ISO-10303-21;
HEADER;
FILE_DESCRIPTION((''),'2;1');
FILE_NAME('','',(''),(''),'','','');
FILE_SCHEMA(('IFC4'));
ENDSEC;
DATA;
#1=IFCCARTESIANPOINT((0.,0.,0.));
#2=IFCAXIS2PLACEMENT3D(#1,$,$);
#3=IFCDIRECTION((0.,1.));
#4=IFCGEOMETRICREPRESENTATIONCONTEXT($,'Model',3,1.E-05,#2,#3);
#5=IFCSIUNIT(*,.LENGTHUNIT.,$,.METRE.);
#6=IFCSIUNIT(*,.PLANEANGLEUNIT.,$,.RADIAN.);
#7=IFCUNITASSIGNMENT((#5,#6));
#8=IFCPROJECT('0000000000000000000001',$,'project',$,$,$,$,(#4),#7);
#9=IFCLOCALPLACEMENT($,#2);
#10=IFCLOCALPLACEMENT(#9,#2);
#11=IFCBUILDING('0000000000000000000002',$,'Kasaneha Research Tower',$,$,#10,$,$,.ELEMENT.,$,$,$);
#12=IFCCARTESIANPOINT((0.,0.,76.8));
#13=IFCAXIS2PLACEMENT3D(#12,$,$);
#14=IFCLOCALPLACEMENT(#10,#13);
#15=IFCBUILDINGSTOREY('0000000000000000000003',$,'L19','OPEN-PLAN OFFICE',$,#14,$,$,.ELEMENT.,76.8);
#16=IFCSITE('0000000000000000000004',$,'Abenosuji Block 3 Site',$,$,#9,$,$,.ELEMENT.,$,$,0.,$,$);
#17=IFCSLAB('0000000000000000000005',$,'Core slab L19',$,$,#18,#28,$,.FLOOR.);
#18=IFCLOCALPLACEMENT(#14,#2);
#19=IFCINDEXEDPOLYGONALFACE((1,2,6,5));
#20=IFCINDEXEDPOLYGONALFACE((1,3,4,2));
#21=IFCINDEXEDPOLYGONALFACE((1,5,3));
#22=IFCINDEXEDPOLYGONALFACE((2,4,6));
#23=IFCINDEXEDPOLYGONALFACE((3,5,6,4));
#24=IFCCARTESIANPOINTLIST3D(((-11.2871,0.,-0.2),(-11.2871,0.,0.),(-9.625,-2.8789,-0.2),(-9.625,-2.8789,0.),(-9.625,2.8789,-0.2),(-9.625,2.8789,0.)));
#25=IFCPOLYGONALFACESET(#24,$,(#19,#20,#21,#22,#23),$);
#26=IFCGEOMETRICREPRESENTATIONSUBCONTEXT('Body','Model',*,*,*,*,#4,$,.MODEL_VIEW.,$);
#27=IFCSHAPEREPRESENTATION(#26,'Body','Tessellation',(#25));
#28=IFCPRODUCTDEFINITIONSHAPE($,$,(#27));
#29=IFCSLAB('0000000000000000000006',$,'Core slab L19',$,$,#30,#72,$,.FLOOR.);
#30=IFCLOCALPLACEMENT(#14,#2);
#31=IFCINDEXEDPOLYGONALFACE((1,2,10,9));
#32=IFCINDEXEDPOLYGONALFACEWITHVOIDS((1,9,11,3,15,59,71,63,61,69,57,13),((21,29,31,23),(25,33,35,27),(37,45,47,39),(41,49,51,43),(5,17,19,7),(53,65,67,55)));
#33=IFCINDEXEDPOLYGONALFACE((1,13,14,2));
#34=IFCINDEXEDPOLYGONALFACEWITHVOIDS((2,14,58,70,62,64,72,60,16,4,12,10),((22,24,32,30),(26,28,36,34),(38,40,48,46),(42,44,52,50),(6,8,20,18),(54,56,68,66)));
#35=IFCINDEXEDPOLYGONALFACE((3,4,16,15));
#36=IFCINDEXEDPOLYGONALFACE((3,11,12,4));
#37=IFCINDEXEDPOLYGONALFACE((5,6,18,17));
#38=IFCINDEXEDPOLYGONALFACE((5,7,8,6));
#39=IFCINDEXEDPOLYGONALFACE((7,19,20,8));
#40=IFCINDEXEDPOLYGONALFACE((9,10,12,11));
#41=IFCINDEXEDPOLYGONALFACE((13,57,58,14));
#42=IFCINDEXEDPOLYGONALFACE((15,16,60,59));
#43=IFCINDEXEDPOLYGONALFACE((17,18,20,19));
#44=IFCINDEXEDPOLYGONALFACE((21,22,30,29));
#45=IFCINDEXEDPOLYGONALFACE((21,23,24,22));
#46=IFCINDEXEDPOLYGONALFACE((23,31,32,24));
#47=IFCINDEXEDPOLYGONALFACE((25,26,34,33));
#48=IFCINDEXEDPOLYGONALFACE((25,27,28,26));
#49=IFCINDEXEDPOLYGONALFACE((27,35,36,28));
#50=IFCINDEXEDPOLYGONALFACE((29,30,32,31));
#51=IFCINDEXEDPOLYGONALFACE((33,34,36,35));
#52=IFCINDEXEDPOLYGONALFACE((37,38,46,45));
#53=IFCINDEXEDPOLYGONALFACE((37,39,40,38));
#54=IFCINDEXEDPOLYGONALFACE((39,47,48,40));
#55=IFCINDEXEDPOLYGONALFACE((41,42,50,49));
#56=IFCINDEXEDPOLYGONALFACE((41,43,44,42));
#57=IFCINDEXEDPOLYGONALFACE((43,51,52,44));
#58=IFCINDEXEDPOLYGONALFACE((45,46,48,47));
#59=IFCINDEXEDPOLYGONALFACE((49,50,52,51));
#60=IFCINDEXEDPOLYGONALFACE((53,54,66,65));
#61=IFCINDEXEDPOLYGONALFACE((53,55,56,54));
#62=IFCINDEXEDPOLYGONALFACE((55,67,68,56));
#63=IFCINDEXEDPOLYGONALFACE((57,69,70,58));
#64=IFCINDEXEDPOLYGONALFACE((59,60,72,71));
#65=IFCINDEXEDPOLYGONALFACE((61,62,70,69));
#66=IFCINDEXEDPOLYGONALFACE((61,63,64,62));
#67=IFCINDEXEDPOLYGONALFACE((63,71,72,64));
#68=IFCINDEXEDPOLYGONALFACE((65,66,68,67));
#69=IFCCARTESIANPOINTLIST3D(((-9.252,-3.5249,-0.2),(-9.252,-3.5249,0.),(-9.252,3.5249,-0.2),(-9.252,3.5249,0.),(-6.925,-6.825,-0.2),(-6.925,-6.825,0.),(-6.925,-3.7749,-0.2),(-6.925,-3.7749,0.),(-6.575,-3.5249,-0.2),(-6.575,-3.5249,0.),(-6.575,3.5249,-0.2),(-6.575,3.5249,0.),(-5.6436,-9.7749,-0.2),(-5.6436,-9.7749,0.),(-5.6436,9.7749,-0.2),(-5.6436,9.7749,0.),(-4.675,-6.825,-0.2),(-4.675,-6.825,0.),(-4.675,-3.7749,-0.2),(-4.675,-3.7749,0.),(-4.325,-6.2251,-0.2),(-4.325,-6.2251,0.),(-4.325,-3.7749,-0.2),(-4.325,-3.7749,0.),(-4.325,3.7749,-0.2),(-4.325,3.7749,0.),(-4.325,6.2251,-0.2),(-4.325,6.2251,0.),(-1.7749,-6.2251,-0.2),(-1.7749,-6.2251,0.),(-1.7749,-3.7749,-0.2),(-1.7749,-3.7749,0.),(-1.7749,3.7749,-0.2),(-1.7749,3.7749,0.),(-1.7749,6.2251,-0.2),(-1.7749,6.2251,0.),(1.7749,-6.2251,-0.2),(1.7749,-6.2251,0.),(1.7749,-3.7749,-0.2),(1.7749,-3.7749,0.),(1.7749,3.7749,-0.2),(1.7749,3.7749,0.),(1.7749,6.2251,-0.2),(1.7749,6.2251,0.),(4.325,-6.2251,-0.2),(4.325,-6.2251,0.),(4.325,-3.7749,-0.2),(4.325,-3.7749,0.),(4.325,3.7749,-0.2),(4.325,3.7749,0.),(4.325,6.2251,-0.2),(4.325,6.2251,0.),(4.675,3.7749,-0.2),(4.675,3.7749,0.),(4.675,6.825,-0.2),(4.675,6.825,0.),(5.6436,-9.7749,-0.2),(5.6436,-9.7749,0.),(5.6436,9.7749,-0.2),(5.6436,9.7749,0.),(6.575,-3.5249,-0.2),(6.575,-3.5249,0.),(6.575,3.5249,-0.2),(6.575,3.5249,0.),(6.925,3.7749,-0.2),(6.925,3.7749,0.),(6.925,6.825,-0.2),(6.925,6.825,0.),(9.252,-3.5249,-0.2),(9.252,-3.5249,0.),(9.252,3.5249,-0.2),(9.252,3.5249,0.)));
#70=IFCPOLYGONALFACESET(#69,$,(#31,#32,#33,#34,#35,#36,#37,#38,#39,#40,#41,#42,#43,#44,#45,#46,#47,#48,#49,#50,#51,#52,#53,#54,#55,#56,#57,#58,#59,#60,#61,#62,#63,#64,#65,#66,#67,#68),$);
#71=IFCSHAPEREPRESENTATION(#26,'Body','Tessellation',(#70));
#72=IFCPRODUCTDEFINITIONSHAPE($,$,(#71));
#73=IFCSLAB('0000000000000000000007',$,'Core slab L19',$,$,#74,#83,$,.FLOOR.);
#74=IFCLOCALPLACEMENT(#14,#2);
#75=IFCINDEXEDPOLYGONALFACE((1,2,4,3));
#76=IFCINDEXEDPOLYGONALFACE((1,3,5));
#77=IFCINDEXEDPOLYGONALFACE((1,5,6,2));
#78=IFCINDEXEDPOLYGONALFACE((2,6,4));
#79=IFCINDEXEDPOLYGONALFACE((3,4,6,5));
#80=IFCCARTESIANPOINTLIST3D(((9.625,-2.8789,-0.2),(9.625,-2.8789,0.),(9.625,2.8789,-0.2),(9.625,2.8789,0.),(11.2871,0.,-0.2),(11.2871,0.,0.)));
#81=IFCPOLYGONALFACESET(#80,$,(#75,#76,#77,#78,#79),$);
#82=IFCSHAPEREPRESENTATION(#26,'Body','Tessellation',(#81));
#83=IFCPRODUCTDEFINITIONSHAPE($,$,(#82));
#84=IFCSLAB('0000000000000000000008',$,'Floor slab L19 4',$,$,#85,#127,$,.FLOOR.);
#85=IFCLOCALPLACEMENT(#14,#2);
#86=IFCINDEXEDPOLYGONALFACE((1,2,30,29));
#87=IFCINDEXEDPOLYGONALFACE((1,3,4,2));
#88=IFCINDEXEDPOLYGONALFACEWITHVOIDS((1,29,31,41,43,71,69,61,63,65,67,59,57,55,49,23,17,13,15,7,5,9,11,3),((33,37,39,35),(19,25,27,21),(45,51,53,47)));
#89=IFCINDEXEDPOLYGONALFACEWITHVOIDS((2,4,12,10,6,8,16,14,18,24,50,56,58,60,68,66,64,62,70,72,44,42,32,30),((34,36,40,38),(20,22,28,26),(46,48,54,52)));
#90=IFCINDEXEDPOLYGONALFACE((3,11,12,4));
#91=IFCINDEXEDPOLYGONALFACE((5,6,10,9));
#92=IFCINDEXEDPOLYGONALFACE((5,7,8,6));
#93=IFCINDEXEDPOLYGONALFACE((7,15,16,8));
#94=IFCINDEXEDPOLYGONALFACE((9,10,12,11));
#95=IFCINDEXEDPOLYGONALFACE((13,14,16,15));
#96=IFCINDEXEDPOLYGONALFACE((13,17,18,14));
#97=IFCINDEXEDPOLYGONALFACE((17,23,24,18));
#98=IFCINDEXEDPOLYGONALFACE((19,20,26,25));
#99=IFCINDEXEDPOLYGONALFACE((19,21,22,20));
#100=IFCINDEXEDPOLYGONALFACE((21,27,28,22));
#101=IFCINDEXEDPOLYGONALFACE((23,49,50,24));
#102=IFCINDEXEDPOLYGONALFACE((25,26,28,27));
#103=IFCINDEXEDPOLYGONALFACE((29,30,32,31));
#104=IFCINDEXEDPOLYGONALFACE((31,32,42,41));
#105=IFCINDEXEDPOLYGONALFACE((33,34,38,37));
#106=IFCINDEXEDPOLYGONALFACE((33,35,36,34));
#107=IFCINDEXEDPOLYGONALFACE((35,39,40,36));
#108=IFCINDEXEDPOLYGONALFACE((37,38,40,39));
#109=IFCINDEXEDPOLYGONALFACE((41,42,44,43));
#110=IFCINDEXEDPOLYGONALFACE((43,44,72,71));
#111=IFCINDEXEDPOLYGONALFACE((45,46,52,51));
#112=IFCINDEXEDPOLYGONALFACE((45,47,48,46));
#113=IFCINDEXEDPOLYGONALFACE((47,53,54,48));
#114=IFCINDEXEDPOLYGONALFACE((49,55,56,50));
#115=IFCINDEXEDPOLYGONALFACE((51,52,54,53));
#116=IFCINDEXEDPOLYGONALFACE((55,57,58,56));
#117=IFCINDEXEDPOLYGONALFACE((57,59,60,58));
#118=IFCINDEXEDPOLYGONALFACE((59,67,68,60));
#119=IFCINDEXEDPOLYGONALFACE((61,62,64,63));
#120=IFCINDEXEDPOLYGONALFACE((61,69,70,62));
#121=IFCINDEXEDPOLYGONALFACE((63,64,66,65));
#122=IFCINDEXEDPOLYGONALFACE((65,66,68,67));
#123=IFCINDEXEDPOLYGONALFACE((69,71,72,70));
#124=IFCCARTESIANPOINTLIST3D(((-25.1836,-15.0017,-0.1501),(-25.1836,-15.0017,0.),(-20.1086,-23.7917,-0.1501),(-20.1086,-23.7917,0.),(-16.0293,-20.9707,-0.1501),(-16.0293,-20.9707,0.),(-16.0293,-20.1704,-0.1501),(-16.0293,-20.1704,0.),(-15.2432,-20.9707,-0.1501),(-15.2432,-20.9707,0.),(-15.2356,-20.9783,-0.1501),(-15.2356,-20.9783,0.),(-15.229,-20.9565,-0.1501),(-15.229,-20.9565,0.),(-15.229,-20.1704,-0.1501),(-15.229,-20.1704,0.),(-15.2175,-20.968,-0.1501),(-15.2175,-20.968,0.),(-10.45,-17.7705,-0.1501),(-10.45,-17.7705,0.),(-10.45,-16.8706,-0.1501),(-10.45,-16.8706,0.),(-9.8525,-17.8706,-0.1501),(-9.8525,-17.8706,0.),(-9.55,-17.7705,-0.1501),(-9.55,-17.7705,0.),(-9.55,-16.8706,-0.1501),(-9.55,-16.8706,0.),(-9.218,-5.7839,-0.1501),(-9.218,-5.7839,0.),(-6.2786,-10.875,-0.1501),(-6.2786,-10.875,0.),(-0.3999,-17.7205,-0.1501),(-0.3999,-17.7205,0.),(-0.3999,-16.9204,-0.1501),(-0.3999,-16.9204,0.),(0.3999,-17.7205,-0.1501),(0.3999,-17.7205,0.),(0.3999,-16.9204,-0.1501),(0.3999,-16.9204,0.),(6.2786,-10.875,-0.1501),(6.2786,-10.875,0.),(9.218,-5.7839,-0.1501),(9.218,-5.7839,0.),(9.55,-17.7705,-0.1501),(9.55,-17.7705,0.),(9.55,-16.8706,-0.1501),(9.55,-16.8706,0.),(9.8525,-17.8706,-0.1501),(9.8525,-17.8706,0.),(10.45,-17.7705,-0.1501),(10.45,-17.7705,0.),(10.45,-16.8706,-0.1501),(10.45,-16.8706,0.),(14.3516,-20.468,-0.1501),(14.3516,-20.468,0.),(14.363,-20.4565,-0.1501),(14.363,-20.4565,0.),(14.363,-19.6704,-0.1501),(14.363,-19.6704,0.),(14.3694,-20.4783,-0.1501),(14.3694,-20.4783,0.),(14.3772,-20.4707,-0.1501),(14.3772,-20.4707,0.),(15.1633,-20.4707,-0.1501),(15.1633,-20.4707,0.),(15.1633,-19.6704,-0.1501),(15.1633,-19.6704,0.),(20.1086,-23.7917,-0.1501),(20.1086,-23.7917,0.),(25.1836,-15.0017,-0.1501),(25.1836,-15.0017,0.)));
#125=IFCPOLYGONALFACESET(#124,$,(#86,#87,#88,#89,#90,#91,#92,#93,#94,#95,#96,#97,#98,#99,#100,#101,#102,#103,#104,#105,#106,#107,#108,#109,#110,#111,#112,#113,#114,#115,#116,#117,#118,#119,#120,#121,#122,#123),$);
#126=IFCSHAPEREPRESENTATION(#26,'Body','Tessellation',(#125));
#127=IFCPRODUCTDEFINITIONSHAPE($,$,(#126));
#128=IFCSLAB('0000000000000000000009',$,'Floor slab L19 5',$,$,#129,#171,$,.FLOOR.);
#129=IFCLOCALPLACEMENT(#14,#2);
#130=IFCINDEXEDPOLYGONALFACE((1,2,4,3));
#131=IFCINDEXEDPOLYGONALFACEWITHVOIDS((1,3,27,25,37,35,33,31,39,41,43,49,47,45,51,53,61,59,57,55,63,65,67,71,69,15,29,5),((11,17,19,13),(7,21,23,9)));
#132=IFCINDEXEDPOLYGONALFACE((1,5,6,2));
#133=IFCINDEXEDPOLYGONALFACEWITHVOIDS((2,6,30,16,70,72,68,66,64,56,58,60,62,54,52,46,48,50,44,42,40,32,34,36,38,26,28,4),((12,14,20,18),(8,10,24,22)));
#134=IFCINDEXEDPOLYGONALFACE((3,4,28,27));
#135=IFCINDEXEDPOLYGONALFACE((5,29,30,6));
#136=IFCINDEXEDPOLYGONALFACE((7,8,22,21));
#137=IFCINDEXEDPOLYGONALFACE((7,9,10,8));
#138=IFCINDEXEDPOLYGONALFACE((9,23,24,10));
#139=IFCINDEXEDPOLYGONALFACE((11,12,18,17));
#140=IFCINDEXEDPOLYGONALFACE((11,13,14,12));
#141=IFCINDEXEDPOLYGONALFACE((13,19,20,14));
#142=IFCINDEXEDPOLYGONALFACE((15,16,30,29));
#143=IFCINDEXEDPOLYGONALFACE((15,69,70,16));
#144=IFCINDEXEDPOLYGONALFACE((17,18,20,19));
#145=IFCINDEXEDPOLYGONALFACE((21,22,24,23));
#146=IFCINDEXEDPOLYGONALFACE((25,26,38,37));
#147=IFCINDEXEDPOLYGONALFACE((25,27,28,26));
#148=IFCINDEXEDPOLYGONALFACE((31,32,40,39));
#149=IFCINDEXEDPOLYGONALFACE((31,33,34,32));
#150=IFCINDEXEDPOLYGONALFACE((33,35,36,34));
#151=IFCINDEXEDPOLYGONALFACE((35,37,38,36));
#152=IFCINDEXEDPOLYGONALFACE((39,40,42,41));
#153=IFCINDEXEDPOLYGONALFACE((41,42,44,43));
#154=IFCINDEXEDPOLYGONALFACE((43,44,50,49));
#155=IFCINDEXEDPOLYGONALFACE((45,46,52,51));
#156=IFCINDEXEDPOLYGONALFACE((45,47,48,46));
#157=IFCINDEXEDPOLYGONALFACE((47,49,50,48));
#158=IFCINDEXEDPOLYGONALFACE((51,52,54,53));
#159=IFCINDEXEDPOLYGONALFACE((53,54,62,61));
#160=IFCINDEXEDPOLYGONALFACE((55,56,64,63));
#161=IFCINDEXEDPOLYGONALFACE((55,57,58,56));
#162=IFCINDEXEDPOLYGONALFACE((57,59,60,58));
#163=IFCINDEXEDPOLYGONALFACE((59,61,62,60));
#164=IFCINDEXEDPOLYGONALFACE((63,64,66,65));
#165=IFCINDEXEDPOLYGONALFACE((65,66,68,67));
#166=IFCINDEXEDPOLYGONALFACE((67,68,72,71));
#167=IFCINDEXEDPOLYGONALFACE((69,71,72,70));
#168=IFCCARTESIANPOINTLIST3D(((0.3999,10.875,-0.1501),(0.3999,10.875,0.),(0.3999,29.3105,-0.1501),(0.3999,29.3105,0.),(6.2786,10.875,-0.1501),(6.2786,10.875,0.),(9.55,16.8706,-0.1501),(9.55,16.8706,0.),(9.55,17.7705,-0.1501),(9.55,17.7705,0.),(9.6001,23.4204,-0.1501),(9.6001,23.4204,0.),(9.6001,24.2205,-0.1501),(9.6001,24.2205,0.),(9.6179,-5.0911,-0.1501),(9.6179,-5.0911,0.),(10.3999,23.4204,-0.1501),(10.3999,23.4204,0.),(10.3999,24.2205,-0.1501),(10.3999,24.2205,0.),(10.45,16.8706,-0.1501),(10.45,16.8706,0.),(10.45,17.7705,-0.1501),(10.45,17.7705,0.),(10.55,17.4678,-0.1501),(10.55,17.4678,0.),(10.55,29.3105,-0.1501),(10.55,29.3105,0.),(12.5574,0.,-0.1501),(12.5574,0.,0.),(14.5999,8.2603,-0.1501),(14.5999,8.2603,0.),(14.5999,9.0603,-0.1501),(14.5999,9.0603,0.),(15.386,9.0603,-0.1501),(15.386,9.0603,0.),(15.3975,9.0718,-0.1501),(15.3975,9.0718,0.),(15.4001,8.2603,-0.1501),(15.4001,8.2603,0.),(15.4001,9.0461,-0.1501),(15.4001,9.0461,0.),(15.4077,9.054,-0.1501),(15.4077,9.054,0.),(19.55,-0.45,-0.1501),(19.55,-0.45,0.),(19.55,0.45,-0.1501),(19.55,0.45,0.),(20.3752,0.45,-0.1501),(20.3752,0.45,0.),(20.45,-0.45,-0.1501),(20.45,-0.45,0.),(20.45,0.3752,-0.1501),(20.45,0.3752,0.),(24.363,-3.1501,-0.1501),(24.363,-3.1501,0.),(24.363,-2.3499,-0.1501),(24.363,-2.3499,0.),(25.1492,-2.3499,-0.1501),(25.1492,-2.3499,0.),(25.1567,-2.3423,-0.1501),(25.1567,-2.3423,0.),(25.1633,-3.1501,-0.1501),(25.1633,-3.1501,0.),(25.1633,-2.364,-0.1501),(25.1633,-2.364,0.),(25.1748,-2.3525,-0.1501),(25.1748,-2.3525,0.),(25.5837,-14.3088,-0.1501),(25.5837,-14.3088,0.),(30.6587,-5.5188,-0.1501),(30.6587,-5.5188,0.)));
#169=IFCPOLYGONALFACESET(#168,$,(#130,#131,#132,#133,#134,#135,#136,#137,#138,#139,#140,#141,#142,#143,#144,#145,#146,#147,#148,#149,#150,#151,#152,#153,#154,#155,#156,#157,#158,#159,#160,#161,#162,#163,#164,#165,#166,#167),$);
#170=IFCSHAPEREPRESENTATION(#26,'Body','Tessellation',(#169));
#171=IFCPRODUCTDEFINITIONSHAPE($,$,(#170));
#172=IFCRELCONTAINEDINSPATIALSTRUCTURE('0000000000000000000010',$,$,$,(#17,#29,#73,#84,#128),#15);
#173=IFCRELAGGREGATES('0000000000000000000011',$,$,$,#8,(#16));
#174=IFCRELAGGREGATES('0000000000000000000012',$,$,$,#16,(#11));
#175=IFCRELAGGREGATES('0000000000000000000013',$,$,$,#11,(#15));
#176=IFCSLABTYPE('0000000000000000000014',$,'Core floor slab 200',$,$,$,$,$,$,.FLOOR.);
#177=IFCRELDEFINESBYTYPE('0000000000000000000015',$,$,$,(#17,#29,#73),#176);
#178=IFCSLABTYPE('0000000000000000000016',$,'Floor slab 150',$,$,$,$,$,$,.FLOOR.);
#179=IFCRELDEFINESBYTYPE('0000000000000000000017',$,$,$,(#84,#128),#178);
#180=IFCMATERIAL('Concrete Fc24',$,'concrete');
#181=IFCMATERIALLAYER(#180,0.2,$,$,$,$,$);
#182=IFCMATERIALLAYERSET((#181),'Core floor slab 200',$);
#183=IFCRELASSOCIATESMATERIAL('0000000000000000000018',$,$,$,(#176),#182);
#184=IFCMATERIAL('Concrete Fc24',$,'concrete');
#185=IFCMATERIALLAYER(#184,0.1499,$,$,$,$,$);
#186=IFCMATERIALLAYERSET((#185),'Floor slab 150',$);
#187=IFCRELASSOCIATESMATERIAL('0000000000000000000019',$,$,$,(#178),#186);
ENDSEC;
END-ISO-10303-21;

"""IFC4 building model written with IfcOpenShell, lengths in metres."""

from ifc_helpers import new_model, si_unit, direction, frame, origin, place, context, subcontext, project, spatial, polyline, outline, extrude, material, layer, layer_set, type_object, element, save


model = new_model("IFC4")

# Units and contexts
model_context = context("Model", 3, precision=1e-05, world=origin(), true_north=direction((0.0, 1.0)))
body_context = subcontext(model_context, "Body", "Model", "MODEL_VIEW")
ifc_project = project(units=[si_unit("LENGTHUNIT", "METRE"), si_unit("PLANEANGLEUNIT", "RADIAN")], contexts=[model_context])

# Site, building, storey
site_placement = place(None, origin())
site = spatial("IfcSite", under=ifc_project, at=site_placement, Name="Abenosuji Block 3 Site", CompositionType="ELEMENT", RefElevation=0.0)
building_placement = place(site_placement, origin())
building = spatial("IfcBuilding", under=site, at=building_placement, Name="Kasaneha Research Tower", CompositionType="ELEMENT")
storey_placement = place(building_placement, frame((0.0, 0.0, 76.8)))
storey = spatial("IfcBuildingStorey", under=building, at=storey_placement, Name="L19", Description="OPEN-PLAN OFFICE", CompositionType="ELEMENT", Elevation=76.8)

# Slabs
ifc_material_1 = material(Name="Concrete Fc24", Category="concrete")
ifc_layer_1 = layer(ifc_material_1, 0.2)
ifc_layer_set_1 = layer_set([ifc_layer_1], Name="Core floor slab 200")
slab_type_1 = type_object("IfcSlabType", Name="Core floor slab 200", PredefinedType="FLOOR", material=ifc_layer_set_1)
slab_1_placement = place(storey_placement, frame((0.0, 0.0, -0.2)))
element("IfcSlab", 1, at=slab_1_placement, inside=storey, type_object=slab_type_1, Name="Core slab L19", PredefinedType="FLOOR", context=body_context, shape_type="SweptSolid", body=[
    extrude(outline(polyline([(-11.2871, 0.0), (-9.625, 2.8789), (-9.625, -2.8789), (-11.2871, 0.0)])), origin(), (0.0, 0.0, 1.0), 0.2),
])
slab_2_placement = place(storey_placement, frame((0.0, 0.0, -0.2)))
element("IfcSlab", 2, at=slab_2_placement, inside=storey, type_object=slab_type_1, Name="Core slab L19", PredefinedType="FLOOR", context=body_context, shape_type="SweptSolid", body=[
    extrude(outline(polyline([(-5.6436, 9.7749), (5.6436, 9.7749), (9.252, 3.5249), (6.575, 3.5249), (6.575, -3.5249), (9.252, -3.5249), (5.6436, -9.7749), (-5.6436, -9.7749), (-9.252, -3.5249), (-6.575, -3.5249), (-6.575, 3.5249), (-9.252, 3.5249), (-5.6436, 9.7749)]), holes=[polyline([(-6.925, -3.7749), (-6.925, -6.825), (-4.675, -6.825), (-4.675, -3.7749), (-6.925, -3.7749)]), polyline([(-4.325, -3.7749), (-4.325, -6.2251), (-1.7749, -6.2251), (-1.7749, -3.7749), (-4.325, -3.7749)]), polyline([(1.7749, -3.7749), (1.7749, -6.2251), (4.325, -6.2251), (4.325, -3.7749), (1.7749, -3.7749)]), polyline([(-4.325, 6.2251), (-4.325, 3.7749), (-1.7749, 3.7749), (-1.7749, 6.2251), (-4.325, 6.2251)]), polyline([(1.7749, 6.2251), (1.7749, 3.7749), (4.325, 3.7749), (4.325, 6.2251), (1.7749, 6.2251)]), polyline([(4.675, 6.825), (4.675, 3.7749), (6.925, 3.7749), (6.925, 6.825), (4.675, 6.825)])]), origin(), (0.0, 0.0, 1.0), 0.2),
])
slab_3_placement = place(storey_placement, frame((0.0, 0.0, -0.2)))
element("IfcSlab", 3, at=slab_3_placement, inside=storey, type_object=slab_type_1, Name="Core slab L19", PredefinedType="FLOOR", context=body_context, shape_type="SweptSolid", body=[
    extrude(outline(polyline([(11.2871, 0.0), (9.625, -2.8789), (9.625, 2.8789), (11.2871, 0.0)])), origin(), (0.0, 0.0, 1.0), 0.2),
])
ifc_material_2 = material(Name="Concrete Fc24", Category="concrete")
ifc_layer_2 = layer(ifc_material_2, 0.1499)
ifc_layer_set_2 = layer_set([ifc_layer_2], Name="Floor slab 150")
slab_type_2 = type_object("IfcSlabType", Name="Floor slab 150", PredefinedType="FLOOR", material=ifc_layer_set_2)
slab_4_placement = place(storey_placement, frame((0.0, 0.0, -0.1501)))
element("IfcSlab", 4, at=slab_4_placement, inside=storey, type_object=slab_type_2, Name="Floor slab L19 4", PredefinedType="FLOOR", context=body_context, shape_type="SweptSolid", body=[
    extrude(outline(polyline([(-6.2786, -10.875), (6.2786, -10.875), (9.218, -5.7839), (25.1836, -15.0017), (20.1086, -23.7917), (14.3694, -20.4783), (14.3772, -20.4707), (15.1633, -20.4707), (15.1633, -19.6704), (14.363, -19.6704), (14.363, -20.4565), (14.3516, -20.468), (9.8525, -17.8706), (-9.8525, -17.8706), (-15.2175, -20.968), (-15.229, -20.9565), (-15.229, -20.1704), (-16.0293, -20.1704), (-16.0293, -20.9707), (-15.2432, -20.9707), (-15.2356, -20.9783), (-20.1086, -23.7917), (-25.1836, -15.0017), (-9.218, -5.7839), (-6.2786, -10.875)]), holes=[polyline([(0.3999, -17.7205), (0.3999, -16.9204), (-0.3999, -16.9204), (-0.3999, -17.7205), (0.3999, -17.7205)]), polyline([(-9.55, -16.8706), (-10.45, -16.8706), (-10.45, -17.7705), (-9.55, -17.7705), (-9.55, -16.8706)]), polyline([(10.45, -16.8706), (9.55, -16.8706), (9.55, -17.7705), (10.45, -17.7705), (10.45, -16.8706)])]), origin(), (0.0, 0.0, 1.0), 0.1501),
])
slab_5_placement = place(storey_placement, frame((0.0, 0.0, -0.1501)))
element("IfcSlab", 5, at=slab_5_placement, inside=storey, type_object=slab_type_2, Name="Floor slab L19 5", PredefinedType="FLOOR", context=body_context, shape_type="SweptSolid", body=[
    extrude(outline(polyline([(9.6179, -5.0911), (12.5574, 0.0), (6.2786, 10.875), (0.3999, 10.875), (0.3999, 29.3105), (10.55, 29.3105), (10.55, 17.4678), (15.3975, 9.0718), (15.386, 9.0603), (14.5999, 9.0603), (14.5999, 8.2603), (15.4001, 8.2603), (15.4001, 9.0461), (15.4077, 9.054), (20.3752, 0.45), (19.55, 0.45), (19.55, -0.45), (20.45, -0.45), (20.45, 0.3752), (25.1567, -2.3423), (25.1492, -2.3499), (24.363, -2.3499), (24.363, -3.1501), (25.1633, -3.1501), (25.1633, -2.364), (25.1748, -2.3525), (30.6587, -5.5188), (25.5837, -14.3088), (9.6179, -5.0911)]), holes=[polyline([(10.45, 16.8706), (10.45, 17.7705), (9.55, 17.7705), (9.55, 16.8706), (10.45, 16.8706)]), polyline([(10.3999, 23.4204), (10.3999, 24.2205), (9.6001, 24.2205), (9.6001, 23.4204), (10.3999, 23.4204)])]), origin(), (0.0, 0.0, 1.0), 0.1501),
])

save(model, "model.ifc")
